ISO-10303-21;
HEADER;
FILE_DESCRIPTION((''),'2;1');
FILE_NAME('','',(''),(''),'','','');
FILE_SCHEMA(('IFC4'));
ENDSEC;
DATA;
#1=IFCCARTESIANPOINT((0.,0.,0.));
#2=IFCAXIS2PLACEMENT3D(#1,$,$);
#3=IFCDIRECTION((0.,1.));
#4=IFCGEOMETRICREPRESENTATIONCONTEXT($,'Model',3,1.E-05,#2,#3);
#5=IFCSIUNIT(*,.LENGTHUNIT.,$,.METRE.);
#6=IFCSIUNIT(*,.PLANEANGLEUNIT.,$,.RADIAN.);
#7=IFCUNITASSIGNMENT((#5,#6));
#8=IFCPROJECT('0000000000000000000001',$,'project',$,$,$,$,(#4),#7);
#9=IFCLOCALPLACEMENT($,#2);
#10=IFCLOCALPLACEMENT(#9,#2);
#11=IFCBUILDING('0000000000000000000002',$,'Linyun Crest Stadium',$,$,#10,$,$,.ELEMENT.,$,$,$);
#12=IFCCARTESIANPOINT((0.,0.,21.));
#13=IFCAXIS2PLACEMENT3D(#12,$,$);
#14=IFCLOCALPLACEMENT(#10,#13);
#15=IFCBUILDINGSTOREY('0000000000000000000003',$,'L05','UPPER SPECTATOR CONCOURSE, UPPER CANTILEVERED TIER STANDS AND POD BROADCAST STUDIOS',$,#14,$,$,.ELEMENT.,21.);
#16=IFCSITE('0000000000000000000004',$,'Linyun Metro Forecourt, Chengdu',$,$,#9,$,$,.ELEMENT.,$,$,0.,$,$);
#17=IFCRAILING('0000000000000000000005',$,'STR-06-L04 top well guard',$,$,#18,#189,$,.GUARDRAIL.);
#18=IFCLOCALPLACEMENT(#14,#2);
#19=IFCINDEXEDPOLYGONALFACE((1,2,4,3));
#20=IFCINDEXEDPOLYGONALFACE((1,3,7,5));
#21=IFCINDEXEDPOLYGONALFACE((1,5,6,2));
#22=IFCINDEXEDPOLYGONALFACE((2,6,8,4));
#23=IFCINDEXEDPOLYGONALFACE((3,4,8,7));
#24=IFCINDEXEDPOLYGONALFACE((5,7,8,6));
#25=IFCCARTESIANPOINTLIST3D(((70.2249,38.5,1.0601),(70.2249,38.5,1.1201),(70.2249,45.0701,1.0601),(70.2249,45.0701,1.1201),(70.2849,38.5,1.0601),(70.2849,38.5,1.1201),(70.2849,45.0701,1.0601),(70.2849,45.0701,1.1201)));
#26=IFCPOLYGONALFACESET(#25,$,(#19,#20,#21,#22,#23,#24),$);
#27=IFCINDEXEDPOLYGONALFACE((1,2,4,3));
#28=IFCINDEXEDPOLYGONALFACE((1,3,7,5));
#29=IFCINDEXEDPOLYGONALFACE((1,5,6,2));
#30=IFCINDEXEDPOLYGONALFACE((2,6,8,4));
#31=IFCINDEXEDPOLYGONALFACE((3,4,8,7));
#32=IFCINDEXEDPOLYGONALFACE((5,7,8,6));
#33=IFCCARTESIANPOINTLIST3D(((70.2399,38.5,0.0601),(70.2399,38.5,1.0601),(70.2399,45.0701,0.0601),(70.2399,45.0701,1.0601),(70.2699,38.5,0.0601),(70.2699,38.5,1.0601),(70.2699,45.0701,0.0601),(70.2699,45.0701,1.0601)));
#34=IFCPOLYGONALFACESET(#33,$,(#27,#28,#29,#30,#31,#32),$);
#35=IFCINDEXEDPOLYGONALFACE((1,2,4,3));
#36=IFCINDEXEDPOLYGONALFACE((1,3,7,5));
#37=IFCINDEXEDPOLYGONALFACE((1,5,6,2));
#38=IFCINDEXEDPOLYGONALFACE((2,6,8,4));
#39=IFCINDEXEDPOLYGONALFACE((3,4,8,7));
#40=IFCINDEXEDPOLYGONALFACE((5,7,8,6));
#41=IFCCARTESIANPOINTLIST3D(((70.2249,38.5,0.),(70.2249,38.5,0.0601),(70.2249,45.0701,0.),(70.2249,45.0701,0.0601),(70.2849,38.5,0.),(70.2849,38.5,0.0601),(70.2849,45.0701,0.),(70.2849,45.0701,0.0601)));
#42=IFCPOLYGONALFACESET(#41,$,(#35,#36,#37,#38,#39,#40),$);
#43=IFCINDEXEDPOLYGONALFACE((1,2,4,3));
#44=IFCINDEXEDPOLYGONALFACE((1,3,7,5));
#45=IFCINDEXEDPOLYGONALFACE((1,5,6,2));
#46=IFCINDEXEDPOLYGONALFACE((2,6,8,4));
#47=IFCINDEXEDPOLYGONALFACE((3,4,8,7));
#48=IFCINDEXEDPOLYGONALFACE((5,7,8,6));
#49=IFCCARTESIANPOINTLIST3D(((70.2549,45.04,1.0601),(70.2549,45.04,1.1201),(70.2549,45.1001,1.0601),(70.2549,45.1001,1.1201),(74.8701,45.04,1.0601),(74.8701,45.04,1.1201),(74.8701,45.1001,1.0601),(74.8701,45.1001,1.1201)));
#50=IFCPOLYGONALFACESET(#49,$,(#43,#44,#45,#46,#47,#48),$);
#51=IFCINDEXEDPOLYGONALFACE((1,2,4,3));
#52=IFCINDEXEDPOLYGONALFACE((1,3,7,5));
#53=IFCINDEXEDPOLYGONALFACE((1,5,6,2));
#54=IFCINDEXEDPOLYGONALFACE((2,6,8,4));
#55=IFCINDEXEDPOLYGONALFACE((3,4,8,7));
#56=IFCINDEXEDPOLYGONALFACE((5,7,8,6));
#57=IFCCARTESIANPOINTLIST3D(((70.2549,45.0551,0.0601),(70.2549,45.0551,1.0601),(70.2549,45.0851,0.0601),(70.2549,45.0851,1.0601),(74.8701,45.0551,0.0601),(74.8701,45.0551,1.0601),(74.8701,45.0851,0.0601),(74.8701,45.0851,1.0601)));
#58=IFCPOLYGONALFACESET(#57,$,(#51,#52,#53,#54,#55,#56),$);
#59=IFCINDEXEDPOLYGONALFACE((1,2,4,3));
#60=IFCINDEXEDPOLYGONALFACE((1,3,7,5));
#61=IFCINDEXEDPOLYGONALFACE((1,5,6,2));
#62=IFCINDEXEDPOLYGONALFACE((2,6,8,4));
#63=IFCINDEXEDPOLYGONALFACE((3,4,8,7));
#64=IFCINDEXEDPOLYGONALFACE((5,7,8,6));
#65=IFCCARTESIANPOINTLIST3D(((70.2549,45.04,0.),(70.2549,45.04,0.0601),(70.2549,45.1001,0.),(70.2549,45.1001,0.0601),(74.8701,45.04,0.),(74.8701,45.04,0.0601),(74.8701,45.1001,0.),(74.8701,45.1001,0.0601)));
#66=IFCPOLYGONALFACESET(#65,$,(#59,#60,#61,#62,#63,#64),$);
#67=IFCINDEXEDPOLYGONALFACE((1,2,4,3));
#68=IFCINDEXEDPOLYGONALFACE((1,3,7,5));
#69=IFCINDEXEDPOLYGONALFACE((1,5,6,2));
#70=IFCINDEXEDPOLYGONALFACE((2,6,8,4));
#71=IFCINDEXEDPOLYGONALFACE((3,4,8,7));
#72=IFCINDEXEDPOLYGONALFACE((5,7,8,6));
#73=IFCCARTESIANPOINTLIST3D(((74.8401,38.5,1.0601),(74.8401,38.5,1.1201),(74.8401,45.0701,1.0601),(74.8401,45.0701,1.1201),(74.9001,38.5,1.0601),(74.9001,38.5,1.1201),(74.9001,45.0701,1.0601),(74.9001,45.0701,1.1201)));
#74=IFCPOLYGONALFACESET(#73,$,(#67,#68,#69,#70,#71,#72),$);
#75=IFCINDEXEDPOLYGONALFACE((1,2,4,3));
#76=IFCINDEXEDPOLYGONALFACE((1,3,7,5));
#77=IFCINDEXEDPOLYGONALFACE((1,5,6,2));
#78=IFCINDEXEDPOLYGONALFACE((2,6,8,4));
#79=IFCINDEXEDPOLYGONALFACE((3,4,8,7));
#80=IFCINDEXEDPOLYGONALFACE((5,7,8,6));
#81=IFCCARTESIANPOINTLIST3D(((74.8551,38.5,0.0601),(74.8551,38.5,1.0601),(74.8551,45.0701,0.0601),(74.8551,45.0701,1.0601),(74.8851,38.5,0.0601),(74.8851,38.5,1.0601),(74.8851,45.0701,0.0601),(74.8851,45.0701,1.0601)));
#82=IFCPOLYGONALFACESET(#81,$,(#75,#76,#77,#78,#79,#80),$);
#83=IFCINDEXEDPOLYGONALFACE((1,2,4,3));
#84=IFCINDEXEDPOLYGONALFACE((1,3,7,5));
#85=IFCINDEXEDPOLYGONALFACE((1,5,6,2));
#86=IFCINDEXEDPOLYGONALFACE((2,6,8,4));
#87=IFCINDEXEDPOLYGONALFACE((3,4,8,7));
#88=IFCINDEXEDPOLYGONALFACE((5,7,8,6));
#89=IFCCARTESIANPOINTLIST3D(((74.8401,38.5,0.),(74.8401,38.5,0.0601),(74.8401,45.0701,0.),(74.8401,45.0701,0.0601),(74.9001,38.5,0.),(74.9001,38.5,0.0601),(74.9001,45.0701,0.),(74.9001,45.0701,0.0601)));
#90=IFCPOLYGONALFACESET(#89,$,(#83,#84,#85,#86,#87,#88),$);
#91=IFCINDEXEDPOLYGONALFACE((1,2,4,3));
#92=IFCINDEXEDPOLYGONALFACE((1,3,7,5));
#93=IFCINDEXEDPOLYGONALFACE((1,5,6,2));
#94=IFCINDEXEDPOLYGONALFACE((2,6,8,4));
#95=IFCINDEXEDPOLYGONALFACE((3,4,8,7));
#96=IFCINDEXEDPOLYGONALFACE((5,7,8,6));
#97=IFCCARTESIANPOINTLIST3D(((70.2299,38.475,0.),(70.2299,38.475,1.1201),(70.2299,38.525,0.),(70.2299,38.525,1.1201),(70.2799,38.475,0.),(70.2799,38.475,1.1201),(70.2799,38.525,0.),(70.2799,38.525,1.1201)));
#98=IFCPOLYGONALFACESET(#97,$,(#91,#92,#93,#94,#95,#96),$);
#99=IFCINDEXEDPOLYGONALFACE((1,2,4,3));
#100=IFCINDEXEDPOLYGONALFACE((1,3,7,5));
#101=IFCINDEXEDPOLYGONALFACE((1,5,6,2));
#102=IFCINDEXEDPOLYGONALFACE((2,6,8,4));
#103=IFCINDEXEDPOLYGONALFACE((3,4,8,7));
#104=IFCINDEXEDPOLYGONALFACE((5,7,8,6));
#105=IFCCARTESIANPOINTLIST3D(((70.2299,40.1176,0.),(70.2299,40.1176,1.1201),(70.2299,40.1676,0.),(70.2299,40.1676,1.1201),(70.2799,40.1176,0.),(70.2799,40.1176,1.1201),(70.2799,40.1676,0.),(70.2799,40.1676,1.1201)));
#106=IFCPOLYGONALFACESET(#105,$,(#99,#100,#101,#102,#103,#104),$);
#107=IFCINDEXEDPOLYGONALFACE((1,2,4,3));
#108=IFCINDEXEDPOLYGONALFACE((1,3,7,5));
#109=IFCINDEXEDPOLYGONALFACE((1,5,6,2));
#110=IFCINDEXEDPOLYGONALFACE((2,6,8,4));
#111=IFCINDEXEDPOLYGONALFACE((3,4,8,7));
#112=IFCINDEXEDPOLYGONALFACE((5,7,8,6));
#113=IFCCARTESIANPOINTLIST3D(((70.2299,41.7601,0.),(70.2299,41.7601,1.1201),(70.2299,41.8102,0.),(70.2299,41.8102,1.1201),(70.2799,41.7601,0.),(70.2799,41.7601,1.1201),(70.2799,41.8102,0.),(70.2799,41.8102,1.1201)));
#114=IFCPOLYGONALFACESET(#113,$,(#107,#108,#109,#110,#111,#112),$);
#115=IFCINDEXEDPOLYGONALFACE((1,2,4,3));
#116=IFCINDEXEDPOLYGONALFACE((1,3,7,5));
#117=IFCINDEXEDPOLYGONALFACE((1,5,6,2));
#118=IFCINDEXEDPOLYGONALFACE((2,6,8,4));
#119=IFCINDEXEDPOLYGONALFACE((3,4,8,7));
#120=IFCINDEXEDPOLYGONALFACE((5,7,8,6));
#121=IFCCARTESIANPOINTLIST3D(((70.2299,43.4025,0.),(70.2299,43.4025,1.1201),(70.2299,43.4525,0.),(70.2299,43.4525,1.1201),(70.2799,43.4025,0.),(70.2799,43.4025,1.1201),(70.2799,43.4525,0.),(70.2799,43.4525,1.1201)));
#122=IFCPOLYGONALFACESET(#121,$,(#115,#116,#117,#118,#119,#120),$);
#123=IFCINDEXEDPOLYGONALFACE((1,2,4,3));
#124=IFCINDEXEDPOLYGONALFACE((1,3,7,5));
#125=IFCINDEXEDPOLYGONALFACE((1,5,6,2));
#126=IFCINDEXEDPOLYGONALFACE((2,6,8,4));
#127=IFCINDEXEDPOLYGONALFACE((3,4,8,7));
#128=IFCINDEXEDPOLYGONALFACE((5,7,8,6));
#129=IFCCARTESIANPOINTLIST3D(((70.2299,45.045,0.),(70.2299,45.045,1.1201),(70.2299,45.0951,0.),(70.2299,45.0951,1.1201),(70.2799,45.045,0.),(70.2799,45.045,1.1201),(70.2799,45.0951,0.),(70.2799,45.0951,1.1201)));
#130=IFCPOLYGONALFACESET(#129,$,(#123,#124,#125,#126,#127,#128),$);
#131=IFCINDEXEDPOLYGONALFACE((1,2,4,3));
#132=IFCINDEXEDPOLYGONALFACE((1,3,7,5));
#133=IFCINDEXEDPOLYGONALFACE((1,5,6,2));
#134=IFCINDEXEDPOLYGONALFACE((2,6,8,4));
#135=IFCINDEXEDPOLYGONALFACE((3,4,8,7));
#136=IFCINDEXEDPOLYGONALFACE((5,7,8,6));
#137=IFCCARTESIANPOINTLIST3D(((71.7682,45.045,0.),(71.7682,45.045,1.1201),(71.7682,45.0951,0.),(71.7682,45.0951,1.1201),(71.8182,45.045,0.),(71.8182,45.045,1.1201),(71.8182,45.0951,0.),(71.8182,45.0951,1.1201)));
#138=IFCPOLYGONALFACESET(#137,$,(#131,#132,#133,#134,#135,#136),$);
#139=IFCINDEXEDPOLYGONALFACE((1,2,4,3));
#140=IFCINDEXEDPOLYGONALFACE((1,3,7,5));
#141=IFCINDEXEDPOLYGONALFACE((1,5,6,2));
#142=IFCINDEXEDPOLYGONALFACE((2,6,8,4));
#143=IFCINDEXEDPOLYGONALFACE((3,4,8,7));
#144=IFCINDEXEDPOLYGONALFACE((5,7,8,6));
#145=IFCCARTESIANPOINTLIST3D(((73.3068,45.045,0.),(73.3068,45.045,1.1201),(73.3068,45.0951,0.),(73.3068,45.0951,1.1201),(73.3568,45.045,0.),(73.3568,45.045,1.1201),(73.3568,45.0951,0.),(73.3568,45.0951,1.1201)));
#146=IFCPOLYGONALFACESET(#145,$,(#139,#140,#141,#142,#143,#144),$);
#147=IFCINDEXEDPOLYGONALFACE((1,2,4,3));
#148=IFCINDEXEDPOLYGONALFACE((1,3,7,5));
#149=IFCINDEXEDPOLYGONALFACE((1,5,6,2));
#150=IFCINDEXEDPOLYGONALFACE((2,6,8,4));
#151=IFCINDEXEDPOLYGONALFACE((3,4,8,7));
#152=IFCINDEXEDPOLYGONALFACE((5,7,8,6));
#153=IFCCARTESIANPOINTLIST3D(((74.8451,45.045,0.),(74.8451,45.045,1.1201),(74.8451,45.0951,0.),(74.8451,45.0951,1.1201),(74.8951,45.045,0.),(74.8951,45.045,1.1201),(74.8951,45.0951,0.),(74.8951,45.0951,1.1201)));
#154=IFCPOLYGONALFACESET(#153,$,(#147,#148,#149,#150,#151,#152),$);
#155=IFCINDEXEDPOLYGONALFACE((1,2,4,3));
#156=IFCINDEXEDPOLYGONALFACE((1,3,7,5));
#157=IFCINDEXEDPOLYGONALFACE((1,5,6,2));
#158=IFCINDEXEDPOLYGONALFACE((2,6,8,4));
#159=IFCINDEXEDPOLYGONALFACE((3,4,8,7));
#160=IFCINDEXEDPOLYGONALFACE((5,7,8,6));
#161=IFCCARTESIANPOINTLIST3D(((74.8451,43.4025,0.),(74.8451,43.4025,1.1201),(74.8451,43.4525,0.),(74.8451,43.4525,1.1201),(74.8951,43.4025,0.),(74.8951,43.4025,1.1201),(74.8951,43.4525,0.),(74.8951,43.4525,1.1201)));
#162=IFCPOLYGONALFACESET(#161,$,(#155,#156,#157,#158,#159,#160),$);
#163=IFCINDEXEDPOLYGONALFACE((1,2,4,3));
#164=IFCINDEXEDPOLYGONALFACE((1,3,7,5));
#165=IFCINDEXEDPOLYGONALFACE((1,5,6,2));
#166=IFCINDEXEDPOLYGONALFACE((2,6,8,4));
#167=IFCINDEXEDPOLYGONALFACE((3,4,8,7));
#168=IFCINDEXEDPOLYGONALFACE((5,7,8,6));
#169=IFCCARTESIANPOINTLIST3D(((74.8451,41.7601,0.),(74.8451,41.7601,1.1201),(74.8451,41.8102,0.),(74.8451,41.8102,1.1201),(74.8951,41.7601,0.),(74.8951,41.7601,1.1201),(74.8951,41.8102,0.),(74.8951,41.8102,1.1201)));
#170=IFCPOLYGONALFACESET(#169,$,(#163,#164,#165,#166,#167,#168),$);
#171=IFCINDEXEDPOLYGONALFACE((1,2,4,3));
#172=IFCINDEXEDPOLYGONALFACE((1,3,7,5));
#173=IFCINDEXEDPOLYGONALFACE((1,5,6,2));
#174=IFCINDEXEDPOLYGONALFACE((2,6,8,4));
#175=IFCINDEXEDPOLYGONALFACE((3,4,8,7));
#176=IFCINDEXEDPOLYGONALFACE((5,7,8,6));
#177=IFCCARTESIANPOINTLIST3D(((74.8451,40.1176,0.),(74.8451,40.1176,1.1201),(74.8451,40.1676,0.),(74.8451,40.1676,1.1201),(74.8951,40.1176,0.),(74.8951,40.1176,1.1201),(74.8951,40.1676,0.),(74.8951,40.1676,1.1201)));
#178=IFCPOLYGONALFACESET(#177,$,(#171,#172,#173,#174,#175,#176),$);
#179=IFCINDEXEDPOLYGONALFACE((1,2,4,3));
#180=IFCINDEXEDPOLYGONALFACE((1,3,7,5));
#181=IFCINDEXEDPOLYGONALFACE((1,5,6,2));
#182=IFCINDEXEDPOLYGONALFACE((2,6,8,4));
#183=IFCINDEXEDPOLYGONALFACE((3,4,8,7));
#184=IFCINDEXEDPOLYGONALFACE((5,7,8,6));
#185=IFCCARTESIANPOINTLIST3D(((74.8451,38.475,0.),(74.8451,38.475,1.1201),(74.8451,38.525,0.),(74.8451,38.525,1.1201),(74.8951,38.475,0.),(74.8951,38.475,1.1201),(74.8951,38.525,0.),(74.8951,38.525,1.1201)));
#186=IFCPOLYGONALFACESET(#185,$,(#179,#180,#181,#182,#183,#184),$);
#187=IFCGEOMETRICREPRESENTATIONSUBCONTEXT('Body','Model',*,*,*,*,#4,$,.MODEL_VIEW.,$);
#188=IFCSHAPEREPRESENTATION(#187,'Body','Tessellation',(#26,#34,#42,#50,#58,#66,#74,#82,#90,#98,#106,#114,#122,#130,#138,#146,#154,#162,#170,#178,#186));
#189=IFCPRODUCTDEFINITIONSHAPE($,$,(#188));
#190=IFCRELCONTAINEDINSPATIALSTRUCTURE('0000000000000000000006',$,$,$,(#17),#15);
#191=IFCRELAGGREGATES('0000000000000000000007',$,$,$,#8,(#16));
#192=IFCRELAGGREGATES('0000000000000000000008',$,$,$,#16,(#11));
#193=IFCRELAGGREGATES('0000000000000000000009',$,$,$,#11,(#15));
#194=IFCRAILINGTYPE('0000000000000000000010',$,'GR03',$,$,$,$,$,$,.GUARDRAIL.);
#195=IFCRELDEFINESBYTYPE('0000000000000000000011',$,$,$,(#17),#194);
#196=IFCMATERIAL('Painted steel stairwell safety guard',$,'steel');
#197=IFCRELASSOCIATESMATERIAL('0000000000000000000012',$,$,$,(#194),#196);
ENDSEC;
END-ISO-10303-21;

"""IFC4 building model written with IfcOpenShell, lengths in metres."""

from ifc_helpers import new_model, si_unit, direction, frame, origin, origin_2d, place, context, subcontext, project, spatial, rectangle, extrude, material, type_object, element, save


model = new_model("IFC4")

# Units and contexts
model_context = context("Model", 3, precision=1e-05, world=origin(), true_north=direction((0.0, 1.0)))
body_context = subcontext(model_context, "Body", "Model", "MODEL_VIEW")
ifc_project = project(units=[si_unit("LENGTHUNIT", "METRE"), si_unit("PLANEANGLEUNIT", "RADIAN")], contexts=[model_context])

# Site, building, storey
site_placement = place(None, origin())
site = spatial("IfcSite", under=ifc_project, at=site_placement, Name="Linyun Metro Forecourt, Chengdu", CompositionType="ELEMENT", RefElevation=0.0)
building_placement = place(site_placement, origin())
building = spatial("IfcBuilding", under=site, at=building_placement, Name="Linyun Crest Stadium", CompositionType="ELEMENT")
storey_placement = place(building_placement, frame((0.0, 0.0, 21.0)))
storey = spatial("IfcBuildingStorey", under=building, at=storey_placement, Name="L05", Description="UPPER SPECTATOR CONCOURSE, UPPER CANTILEVERED TIER STANDS AND POD BROADCAST STUDIOS", CompositionType="ELEMENT", Elevation=21.0)

# Railing
ifc_material_1 = material(Name="Painted steel stairwell safety guard", Category="steel")
railing_type_1 = type_object("IfcRailingType", Name="GR03", PredefinedType="GUARDRAIL", material=ifc_material_1)
railing_1_placement = place(storey_placement, frame((70.2549, 38.5, 0.0)))
element("IfcRailing", 1, at=railing_1_placement, inside=storey, type_object=railing_type_1, Name="STR-06-L04 top well guard", PredefinedType="GUARDRAIL", context=body_context, shape_type="SweptSolid", body=[
    extrude(rectangle(XDim=0.0601, YDim=0.0601, at=origin_2d()), frame((0.0, 0.0, 1.0901), z_axis=(0.0, 1.0, 0.0), x_axis=(-1.0, 0.0, 0.0)), (0.0, 0.0, 1.0), 6.5701),
    extrude(rectangle(XDim=0.03, YDim=1.0, at=origin_2d()), frame((0.0, 0.0, 0.5601), z_axis=(0.0, 1.0, 0.0), x_axis=(-1.0, 0.0, 0.0)), (0.0, 0.0, 1.0), 6.5701),
    extrude(rectangle(XDim=0.0601, YDim=0.0601, at=origin_2d()), frame((0.0, 0.0, 0.03), z_axis=(0.0, 1.0, 0.0), x_axis=(-1.0, 0.0, 0.0)), (0.0, 0.0, 1.0), 6.5701),
    extrude(rectangle(XDim=0.0601, YDim=0.0601, at=origin_2d()), frame((0.0, 6.5701, 1.0901), z_axis=(1.0, 0.0, 0.0), x_axis=(0.0, 1.0, 0.0)), (0.0, 0.0, 1.0), 4.6152),
    extrude(rectangle(XDim=0.03, YDim=1.0, at=origin_2d()), frame((0.0, 6.5701, 0.5601), z_axis=(1.0, 0.0, 0.0), x_axis=(0.0, 1.0, 0.0)), (0.0, 0.0, 1.0), 4.6152),
    extrude(rectangle(XDim=0.0601, YDim=0.0601, at=origin_2d()), frame((0.0, 6.5701, 0.03), z_axis=(1.0, 0.0, 0.0), x_axis=(0.0, 1.0, 0.0)), (0.0, 0.0, 1.0), 4.6152),
    extrude(rectangle(XDim=0.0601, YDim=0.0601, at=origin_2d()), frame((4.6152, 6.5701, 1.0901), z_axis=(0.0, -1.0, 0.0), x_axis=(1.0, 0.0, 0.0)), (0.0, 0.0, 1.0), 6.5701),
    extrude(rectangle(XDim=0.03, YDim=1.0, at=origin_2d()), frame((4.6152, 6.5701, 0.5601), z_axis=(0.0, -1.0, 0.0), x_axis=(1.0, 0.0, 0.0)), (0.0, 0.0, 1.0), 6.5701),
    extrude(rectangle(XDim=0.0601, YDim=0.0601, at=origin_2d()), frame((4.6152, 6.5701, 0.03), z_axis=(0.0, -1.0, 0.0), x_axis=(1.0, 0.0, 0.0)), (0.0, 0.0, 1.0), 6.5701),
    extrude(rectangle(XDim=0.05, YDim=0.05, at=origin_2d()), origin(), (0.0, 0.0, 1.0), 1.1201),
    extrude(rectangle(XDim=0.05, YDim=0.05, at=origin_2d()), frame((0.0, 1.6426, 0.0)), (0.0, 0.0, 1.0), 1.1201),
    extrude(rectangle(XDim=0.05, YDim=0.05, at=origin_2d()), frame((0.0, 3.2852, 0.0)), (0.0, 0.0, 1.0), 1.1201),
    extrude(rectangle(XDim=0.05, YDim=0.05, at=origin_2d()), frame((0.0, 4.9275, 0.0)), (0.0, 0.0, 1.0), 1.1201),
    extrude(rectangle(XDim=0.05, YDim=0.05, at=origin_2d()), frame((0.0, 6.5701, 0.0)), (0.0, 0.0, 1.0), 1.1201),
    extrude(rectangle(XDim=0.05, YDim=0.05, at=origin_2d()), frame((1.5383, 6.5701, 0.0)), (0.0, 0.0, 1.0), 1.1201),
    extrude(rectangle(XDim=0.05, YDim=0.05, at=origin_2d()), frame((3.0769, 6.5701, 0.0)), (0.0, 0.0, 1.0), 1.1201),
    extrude(rectangle(XDim=0.05, YDim=0.05, at=origin_2d()), frame((4.6152, 6.5701, 0.0)), (0.0, 0.0, 1.0), 1.1201),
    extrude(rectangle(XDim=0.05, YDim=0.05, at=origin_2d()), frame((4.6152, 4.9275, 0.0)), (0.0, 0.0, 1.0), 1.1201),
    extrude(rectangle(XDim=0.05, YDim=0.05, at=origin_2d()), frame((4.6152, 3.2852, 0.0)), (0.0, 0.0, 1.0), 1.1201),
    extrude(rectangle(XDim=0.05, YDim=0.05, at=origin_2d()), frame((4.6152, 1.6426, 0.0)), (0.0, 0.0, 1.0), 1.1201),
    extrude(rectangle(XDim=0.05, YDim=0.05, at=origin_2d()), frame((4.6152, 0.0, 0.0)), (0.0, 0.0, 1.0), 1.1201),
])

save(model, "model.ifc")
